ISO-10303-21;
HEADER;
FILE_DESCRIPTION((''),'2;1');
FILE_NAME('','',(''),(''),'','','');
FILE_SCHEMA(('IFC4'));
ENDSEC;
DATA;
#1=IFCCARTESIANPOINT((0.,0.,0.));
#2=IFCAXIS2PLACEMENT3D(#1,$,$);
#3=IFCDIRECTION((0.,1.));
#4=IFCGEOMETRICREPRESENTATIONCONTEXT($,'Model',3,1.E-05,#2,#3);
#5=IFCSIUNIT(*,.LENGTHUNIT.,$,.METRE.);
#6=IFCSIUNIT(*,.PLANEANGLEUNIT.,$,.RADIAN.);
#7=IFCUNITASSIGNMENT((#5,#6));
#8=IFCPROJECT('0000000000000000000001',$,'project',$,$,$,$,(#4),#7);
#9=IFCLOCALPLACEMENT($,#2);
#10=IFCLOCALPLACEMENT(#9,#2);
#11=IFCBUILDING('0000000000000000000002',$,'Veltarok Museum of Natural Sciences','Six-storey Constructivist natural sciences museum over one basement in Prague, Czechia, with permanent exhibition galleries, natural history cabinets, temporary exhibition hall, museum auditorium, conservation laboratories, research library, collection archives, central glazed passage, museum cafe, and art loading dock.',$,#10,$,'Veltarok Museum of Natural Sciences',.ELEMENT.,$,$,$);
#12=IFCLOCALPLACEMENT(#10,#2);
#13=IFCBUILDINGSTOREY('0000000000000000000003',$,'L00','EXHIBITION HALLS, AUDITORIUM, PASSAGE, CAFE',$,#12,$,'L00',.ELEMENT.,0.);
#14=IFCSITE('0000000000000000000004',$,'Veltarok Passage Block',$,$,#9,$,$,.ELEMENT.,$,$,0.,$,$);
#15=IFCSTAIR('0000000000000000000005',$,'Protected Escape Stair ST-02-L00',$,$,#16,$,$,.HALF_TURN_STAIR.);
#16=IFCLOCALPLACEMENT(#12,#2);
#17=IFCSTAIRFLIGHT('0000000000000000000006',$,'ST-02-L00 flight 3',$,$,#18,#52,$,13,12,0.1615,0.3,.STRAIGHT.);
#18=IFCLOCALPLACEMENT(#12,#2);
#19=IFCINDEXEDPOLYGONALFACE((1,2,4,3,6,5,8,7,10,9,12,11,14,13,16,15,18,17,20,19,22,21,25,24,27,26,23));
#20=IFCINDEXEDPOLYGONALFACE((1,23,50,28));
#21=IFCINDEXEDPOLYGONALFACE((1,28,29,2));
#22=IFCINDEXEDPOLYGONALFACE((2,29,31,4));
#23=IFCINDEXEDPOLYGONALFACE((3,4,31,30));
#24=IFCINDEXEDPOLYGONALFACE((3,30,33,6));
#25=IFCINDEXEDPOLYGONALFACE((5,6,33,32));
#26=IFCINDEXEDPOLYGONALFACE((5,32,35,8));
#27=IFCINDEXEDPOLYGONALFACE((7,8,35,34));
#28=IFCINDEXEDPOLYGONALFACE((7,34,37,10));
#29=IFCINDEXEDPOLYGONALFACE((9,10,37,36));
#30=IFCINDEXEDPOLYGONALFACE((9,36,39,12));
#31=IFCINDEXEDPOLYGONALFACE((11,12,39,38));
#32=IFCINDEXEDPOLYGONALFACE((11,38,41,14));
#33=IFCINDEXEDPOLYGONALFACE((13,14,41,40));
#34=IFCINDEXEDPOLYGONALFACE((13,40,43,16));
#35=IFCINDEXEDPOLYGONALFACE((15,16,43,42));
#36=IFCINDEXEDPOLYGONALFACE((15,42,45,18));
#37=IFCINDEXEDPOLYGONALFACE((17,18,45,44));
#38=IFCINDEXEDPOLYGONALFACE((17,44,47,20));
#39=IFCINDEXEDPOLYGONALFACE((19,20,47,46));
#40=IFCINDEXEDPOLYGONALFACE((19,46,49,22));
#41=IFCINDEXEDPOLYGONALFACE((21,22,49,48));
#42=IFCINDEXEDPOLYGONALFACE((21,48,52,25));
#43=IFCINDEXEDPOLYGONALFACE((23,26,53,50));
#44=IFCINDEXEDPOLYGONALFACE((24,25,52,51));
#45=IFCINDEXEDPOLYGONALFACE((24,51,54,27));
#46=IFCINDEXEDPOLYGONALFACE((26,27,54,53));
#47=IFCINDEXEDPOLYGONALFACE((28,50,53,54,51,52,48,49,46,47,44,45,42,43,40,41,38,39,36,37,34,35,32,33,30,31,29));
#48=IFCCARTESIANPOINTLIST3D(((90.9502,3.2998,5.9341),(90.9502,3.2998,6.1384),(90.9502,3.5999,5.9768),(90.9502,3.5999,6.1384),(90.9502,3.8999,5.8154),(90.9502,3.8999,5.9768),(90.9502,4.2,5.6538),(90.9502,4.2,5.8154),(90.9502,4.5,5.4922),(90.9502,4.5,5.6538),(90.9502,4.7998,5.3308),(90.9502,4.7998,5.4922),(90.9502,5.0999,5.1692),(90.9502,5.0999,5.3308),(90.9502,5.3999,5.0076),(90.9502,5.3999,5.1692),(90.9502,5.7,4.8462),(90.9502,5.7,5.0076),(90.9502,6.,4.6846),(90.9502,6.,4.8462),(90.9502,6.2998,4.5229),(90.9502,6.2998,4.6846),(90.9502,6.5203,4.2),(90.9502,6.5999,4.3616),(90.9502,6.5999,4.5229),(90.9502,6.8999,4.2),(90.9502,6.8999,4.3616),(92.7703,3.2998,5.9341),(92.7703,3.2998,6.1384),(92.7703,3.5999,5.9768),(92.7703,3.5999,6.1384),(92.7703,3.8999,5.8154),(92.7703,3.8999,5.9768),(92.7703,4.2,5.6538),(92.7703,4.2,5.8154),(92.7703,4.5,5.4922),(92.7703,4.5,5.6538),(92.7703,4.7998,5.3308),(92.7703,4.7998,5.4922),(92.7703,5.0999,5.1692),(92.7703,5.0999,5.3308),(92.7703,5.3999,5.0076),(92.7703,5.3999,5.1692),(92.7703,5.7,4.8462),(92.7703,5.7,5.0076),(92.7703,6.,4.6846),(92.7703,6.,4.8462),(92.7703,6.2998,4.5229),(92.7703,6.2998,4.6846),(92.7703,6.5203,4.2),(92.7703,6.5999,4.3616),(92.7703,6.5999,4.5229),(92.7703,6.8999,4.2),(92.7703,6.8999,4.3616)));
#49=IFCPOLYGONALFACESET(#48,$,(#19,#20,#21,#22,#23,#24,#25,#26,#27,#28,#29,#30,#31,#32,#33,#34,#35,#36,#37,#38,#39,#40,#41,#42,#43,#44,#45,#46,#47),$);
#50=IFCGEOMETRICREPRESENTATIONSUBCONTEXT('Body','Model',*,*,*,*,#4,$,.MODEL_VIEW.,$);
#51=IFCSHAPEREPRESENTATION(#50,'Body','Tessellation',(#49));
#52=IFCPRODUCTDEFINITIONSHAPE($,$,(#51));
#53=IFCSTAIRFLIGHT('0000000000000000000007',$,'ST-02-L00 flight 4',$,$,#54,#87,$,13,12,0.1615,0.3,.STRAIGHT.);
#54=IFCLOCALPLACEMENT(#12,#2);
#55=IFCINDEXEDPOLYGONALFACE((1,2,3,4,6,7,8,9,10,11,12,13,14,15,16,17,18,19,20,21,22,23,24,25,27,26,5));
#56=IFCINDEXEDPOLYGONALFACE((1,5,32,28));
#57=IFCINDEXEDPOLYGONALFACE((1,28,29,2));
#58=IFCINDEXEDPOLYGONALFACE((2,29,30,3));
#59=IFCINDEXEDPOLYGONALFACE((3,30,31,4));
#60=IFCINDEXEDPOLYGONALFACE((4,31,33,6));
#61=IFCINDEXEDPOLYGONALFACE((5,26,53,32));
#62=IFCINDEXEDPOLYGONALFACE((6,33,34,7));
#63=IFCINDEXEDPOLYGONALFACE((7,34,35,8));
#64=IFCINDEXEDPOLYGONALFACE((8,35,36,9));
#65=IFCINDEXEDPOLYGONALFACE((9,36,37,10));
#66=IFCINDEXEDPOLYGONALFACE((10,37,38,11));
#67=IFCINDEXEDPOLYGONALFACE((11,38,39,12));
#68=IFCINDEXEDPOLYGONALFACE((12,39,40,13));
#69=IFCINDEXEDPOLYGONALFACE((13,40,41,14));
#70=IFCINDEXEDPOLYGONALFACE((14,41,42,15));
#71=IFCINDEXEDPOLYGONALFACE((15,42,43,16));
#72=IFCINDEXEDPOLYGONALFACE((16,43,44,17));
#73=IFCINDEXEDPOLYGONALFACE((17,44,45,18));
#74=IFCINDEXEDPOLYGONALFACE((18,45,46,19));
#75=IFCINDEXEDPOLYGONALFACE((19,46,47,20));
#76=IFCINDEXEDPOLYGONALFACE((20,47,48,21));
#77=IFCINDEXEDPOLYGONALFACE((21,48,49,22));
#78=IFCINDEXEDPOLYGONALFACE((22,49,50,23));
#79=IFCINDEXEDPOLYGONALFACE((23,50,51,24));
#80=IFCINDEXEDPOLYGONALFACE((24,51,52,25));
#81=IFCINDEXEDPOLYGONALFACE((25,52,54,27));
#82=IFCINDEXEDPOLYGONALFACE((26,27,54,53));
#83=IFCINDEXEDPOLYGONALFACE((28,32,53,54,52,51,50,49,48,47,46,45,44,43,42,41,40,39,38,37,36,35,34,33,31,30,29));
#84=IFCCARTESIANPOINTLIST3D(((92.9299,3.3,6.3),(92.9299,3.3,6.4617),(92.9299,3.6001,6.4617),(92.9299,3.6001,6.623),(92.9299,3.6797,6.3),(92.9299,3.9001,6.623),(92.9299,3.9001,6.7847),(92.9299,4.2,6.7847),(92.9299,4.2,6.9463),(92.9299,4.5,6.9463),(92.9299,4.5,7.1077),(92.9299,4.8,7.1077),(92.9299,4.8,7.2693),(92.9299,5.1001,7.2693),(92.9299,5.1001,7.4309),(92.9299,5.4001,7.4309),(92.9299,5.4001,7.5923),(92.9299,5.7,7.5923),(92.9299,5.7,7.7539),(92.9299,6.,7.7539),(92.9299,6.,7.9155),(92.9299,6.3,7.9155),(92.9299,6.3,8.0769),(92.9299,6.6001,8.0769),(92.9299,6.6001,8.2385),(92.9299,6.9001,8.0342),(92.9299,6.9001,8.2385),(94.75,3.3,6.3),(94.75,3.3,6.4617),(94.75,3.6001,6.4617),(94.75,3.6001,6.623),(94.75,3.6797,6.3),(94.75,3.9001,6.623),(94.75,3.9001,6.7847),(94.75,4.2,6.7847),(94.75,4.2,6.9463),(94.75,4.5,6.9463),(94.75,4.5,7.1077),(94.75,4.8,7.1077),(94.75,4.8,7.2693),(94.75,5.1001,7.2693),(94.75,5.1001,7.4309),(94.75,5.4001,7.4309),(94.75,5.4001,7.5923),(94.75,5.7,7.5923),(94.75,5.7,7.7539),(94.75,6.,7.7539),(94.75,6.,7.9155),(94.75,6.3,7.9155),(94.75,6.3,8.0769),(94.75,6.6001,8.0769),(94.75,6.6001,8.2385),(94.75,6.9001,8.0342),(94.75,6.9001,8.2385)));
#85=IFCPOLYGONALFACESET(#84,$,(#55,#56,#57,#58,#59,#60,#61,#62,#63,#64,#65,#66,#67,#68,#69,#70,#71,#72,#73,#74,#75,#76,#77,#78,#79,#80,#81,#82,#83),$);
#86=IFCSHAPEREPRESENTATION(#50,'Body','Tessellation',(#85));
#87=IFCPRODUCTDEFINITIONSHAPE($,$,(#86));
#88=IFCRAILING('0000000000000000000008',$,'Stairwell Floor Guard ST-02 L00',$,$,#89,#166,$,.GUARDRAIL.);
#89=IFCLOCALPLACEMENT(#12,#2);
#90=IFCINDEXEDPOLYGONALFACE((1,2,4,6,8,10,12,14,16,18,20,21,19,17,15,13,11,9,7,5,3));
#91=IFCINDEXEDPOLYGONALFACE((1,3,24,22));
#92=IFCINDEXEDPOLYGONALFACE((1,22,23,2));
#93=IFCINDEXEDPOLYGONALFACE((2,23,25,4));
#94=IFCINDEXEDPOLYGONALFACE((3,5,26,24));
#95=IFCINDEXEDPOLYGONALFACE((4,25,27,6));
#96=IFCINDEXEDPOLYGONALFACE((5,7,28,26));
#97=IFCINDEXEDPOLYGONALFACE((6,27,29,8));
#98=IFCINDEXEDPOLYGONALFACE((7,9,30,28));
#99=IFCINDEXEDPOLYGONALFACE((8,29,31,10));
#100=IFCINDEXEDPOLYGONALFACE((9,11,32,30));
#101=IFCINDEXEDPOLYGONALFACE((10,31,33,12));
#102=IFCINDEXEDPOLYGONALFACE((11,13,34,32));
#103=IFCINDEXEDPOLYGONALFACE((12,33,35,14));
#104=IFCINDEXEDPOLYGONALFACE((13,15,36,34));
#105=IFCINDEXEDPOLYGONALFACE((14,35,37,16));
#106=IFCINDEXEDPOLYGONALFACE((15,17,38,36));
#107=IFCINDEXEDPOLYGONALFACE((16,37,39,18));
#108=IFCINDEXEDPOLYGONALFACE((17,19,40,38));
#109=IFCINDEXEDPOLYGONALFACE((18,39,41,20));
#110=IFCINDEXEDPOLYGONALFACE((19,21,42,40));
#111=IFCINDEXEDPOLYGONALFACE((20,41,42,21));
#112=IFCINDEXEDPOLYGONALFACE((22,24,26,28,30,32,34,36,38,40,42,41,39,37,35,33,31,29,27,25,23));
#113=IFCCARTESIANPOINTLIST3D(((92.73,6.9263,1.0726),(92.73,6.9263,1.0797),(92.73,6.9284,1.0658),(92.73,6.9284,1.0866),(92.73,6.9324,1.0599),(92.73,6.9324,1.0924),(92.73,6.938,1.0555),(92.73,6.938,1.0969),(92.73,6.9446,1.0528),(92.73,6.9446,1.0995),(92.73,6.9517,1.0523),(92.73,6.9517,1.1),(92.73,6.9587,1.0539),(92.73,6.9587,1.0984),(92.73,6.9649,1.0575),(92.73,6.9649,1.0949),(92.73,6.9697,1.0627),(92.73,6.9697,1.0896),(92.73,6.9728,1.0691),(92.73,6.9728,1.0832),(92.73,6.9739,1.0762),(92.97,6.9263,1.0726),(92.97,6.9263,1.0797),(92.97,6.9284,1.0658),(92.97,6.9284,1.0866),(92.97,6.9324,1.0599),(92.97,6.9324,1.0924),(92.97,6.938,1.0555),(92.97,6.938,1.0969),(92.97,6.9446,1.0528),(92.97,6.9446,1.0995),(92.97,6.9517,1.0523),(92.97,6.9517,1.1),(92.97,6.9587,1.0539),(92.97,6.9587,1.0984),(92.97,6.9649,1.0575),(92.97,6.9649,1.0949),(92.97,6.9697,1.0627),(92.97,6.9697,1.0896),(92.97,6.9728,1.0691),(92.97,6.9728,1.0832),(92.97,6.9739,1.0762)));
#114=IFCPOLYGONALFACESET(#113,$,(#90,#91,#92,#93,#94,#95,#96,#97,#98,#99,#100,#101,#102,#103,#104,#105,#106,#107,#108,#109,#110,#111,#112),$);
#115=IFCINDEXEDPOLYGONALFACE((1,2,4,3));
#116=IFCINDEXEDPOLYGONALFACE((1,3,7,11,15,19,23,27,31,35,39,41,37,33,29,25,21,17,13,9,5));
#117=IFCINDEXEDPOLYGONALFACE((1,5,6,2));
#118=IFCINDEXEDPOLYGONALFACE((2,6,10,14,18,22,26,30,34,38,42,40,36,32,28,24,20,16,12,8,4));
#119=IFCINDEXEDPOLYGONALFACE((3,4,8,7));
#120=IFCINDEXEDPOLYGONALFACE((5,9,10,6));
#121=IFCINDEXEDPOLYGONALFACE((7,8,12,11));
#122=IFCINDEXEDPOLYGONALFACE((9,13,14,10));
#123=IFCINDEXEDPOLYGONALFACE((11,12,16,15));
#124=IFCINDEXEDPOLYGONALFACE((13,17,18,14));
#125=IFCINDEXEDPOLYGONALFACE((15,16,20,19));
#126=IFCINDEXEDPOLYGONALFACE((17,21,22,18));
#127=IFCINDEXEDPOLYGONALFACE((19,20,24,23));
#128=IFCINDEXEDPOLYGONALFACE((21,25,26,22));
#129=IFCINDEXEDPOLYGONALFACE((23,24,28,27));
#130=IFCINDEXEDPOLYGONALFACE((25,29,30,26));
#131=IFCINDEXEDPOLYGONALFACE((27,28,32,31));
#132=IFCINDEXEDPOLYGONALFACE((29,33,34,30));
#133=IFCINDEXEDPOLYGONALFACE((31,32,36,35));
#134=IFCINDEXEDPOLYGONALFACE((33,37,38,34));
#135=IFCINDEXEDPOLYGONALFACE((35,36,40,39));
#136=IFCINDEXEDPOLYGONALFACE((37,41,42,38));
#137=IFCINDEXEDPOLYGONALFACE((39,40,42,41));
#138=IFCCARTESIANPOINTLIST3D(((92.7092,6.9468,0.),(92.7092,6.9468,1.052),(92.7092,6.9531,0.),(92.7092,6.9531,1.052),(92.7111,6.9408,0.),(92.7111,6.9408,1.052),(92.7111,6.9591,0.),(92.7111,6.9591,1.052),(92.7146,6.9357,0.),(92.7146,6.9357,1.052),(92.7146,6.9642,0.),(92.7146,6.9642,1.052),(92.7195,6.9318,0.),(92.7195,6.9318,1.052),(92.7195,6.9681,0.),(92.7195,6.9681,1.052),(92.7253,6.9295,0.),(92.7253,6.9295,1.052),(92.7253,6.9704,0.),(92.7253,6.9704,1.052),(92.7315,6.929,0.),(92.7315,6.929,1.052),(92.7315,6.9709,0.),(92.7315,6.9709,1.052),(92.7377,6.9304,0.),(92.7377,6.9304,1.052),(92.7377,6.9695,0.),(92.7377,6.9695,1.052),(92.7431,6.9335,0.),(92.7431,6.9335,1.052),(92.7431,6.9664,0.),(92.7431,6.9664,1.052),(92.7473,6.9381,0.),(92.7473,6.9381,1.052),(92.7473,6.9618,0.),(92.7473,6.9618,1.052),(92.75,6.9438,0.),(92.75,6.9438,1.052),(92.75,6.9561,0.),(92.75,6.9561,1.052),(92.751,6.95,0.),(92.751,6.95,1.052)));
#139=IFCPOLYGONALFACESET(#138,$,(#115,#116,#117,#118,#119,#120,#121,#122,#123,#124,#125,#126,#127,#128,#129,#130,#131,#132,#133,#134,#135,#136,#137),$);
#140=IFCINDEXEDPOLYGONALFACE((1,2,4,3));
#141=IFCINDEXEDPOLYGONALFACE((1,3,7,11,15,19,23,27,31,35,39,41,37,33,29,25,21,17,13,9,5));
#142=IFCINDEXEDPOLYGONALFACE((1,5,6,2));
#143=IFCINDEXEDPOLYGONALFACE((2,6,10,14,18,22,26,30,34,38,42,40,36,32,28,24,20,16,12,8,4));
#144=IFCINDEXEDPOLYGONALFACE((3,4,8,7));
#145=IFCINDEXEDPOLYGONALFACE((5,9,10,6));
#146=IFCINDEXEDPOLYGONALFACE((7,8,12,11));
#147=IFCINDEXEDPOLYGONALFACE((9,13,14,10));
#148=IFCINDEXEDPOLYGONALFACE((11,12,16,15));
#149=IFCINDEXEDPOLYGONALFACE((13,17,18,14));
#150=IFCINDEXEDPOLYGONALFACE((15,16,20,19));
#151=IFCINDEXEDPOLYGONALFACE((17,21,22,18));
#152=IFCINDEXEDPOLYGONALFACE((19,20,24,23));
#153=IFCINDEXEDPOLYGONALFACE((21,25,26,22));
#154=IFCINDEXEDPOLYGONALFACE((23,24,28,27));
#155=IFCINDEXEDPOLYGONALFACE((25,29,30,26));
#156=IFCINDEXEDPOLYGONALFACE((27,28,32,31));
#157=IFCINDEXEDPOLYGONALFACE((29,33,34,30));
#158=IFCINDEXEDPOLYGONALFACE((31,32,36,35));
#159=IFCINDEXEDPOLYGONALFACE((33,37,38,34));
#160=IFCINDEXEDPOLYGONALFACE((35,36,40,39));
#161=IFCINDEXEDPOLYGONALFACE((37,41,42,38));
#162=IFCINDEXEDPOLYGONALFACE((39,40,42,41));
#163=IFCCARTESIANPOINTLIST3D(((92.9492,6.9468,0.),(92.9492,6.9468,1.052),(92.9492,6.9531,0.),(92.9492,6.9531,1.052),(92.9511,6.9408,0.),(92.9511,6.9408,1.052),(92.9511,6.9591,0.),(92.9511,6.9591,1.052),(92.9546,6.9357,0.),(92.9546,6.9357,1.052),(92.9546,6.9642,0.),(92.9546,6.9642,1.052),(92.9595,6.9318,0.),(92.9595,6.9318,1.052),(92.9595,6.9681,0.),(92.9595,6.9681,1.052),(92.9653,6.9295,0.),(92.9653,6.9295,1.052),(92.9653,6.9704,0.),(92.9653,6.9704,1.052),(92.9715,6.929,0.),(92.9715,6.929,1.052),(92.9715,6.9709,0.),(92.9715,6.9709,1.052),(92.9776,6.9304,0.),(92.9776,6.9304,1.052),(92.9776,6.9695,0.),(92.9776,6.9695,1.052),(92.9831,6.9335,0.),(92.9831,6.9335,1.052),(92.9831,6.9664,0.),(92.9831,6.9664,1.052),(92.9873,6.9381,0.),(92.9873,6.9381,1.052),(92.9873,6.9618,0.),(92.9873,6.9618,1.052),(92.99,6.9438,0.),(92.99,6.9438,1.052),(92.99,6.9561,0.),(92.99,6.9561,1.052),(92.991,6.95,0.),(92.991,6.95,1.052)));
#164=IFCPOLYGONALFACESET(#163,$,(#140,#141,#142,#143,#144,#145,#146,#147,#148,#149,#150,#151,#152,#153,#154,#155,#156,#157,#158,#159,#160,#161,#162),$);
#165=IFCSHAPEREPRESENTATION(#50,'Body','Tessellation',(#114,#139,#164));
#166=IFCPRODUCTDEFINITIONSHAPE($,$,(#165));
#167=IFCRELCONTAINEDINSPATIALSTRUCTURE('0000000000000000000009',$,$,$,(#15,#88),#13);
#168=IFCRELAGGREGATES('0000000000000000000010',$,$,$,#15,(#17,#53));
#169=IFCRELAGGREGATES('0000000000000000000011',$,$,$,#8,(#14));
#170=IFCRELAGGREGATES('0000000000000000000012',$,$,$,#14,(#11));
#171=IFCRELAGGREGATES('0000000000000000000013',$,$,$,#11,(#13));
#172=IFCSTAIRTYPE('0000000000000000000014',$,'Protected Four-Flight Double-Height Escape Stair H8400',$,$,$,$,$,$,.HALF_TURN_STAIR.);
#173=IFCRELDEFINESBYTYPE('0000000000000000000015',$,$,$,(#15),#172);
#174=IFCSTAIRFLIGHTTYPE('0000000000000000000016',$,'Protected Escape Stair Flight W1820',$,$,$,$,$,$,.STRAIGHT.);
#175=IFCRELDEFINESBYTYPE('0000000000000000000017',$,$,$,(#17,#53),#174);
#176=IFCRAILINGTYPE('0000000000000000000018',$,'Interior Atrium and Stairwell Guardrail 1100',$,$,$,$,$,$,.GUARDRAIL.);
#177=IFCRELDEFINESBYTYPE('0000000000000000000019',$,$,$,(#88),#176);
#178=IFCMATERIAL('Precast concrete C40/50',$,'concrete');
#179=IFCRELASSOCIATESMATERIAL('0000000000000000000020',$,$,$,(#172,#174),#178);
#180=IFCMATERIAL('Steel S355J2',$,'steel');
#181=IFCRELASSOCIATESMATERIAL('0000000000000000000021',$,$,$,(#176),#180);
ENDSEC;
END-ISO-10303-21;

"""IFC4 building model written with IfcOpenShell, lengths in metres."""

from ifc_helpers import new_model, si_unit, direction, frame, origin, origin_2d, place, context, subcontext, project, spatial, polyline, circle, outline, extrude, material, type_object, element, aggregate, save


model = new_model("IFC4")

# Units and contexts
model_context = context("Model", 3, precision=1e-05, world=origin(), true_north=direction((0.0, 1.0)))
body_context = subcontext(model_context, "Body", "Model", "MODEL_VIEW")
ifc_project = project(units=[si_unit("LENGTHUNIT", "METRE"), si_unit("PLANEANGLEUNIT", "RADIAN")], contexts=[model_context])

# Site, building, storey
site_placement = place(None, origin())
site = spatial("IfcSite", under=ifc_project, at=site_placement, Name="Veltarok Passage Block", CompositionType="ELEMENT", RefElevation=0.0)
building_placement = place(site_placement, origin())
building = spatial("IfcBuilding", under=site, at=building_placement, Name="Veltarok Museum of Natural Sciences", Description="Six-storey Constructivist natural sciences museum over one basement in Prague, Czechia, with permanent exhibition galleries, natural history cabinets, temporary exhibition hall, museum auditorium, conservation laboratories, research library, collection archives, central glazed passage, museum cafe, and art loading dock.", LongName="Veltarok Museum of Natural Sciences", CompositionType="ELEMENT")
storey_placement = place(building_placement, origin())
storey = spatial("IfcBuildingStorey", under=building, at=storey_placement, Name="L00", Description="EXHIBITION HALLS, AUDITORIUM, PASSAGE, CAFE", LongName="L00", CompositionType="ELEMENT", Elevation=0.0)

# Stair, stair flights
ifc_material_1 = material(Name="Precast concrete C40/50", Category="concrete")
stair_type = type_object("IfcStairType", Name="Protected Four-Flight Double-Height Escape Stair H8400", PredefinedType="HALF_TURN_STAIR", material=ifc_material_1)
stair_placement = place(storey_placement, origin())
stair = element("IfcStair", 1, at=stair_placement, inside=storey, type_object=stair_type, Name="Protected Escape Stair ST-02-L00", PredefinedType="HALF_TURN_STAIR")
stair_flight_type = type_object("IfcStairFlightType", Name="Protected Escape Stair Flight W1820", PredefinedType="STRAIGHT", material=ifc_material_1)
stair_flight_1_placement = place(storey_placement, frame((91.8601, 6.8999, 4.2), z_axis=(0.0, 0.0, 1.0), x_axis=(0.0, -1.0, 0.0)))
stair_flight_1 = element("IfcStairFlight", 2, at=stair_flight_1_placement, type_object=stair_flight_type, Name="ST-02-L00 flight 3", NumberOfRisers=13, NumberOfTreads=12, PredefinedType="STRAIGHT", RiserHeight=0.1615, TreadLength=0.3, context=body_context, shape_type="SweptSolid", body=[
    extrude(outline(polyline([(0.0, 0.0), (0.0, 0.1616), (0.3, 0.1616), (0.3, 0.323), (0.6001, 0.323), (0.6001, 0.4846), (0.8999, 0.4846), (0.8999, 0.6462), (1.2, 0.6462), (1.2, 0.8076), (1.5, 0.8076), (1.5, 0.9692), (1.8, 0.9692), (1.8, 1.1309), (2.1001, 1.1309), (2.1001, 1.2922), (2.3999, 1.2922), (2.3999, 1.4539), (2.7, 1.4539), (2.7, 1.6155), (3.0, 1.6155), (3.0, 1.7769), (3.3, 1.7769), (3.3, 1.9385), (3.6001, 1.9385), (3.6001, 2.1001), (3.6001, 1.7341), (0.3796, 0.0), (0.0, 0.0)])), frame((0.0, 0.9102, 0.0), z_axis=(0.0, -1.0, 0.0), x_axis=(1.0, 0.0, 0.0)), (0.0, 0.0, 1.0), 1.8201),
])
stair_flight_2_placement = place(storey_placement, frame((93.8401, 3.3, 6.3), z_axis=(0.0, 0.0, 1.0), x_axis=(0.0, 1.0, 0.0)))
stair_flight_2 = element("IfcStairFlight", 3, at=stair_flight_2_placement, type_object=stair_flight_type, Name="ST-02-L00 flight 4", NumberOfRisers=13, NumberOfTreads=12, PredefinedType="STRAIGHT", RiserHeight=0.1615, TreadLength=0.3, context=body_context, shape_type="SweptSolid", body=[
    extrude(outline(polyline([(0.0, 0.0), (0.0, 0.1616), (0.3, 0.1616), (0.3, 0.323), (0.6001, 0.323), (0.6001, 0.4846), (0.8999, 0.4846), (0.8999, 0.6462), (1.2, 0.6462), (1.2, 0.8076), (1.5, 0.8076), (1.5, 0.9692), (1.8, 0.9692), (1.8, 1.1309), (2.1001, 1.1309), (2.1001, 1.2922), (2.3999, 1.2922), (2.3999, 1.4539), (2.7, 1.4539), (2.7, 1.6155), (3.0, 1.6155), (3.0, 1.7769), (3.3, 1.7769), (3.3, 1.9385), (3.6001, 1.9385), (3.6001, 2.1001), (3.6001, 1.7341), (0.3796, 0.0), (0.0, 0.0)])), frame((0.0, 0.9102, 0.0), z_axis=(0.0, -1.0, 0.0), x_axis=(1.0, 0.0, 0.0)), (0.0, 0.0, 1.0), 1.8201),
])
aggregate(stair, [stair_flight_1, stair_flight_2])

# Railing
ifc_material_2 = material(Name="Steel S355J2", Category="steel")
railing_type_1 = type_object("IfcRailingType", Name="Interior Atrium and Stairwell Guardrail 1100", PredefinedType="GUARDRAIL", material=ifc_material_2)
for number, where, name in (
    (4, (92.73, 6.95, 0.0), "Stairwell Floor Guard ST-02 L00"),
):
    element("IfcRailing", number, at=place(storey_placement, frame(where)), inside=storey, type_object=railing_type_1, Name=name, PredefinedType="GUARDRAIL", context=body_context, shape_type="SweptSolid", body=[
        extrude(circle(Radius=0.0239, at=origin_2d()), frame((0.0, 0.0, 1.0762), z_axis=(1.0, 0.0, 0.0), x_axis=(0.0, 1.0, 0.0)), (0.0, 0.0, 1.0), 0.24),
        extrude(circle(Radius=0.021, at=origin_2d()), origin(), (0.0, 0.0, 1.0), 1.052),
        extrude(circle(Radius=0.021, at=origin_2d()), frame((0.24, 0.0, 0.0)), (0.0, 0.0, 1.0), 1.052),
    ])

save(model, "model.ifc")
